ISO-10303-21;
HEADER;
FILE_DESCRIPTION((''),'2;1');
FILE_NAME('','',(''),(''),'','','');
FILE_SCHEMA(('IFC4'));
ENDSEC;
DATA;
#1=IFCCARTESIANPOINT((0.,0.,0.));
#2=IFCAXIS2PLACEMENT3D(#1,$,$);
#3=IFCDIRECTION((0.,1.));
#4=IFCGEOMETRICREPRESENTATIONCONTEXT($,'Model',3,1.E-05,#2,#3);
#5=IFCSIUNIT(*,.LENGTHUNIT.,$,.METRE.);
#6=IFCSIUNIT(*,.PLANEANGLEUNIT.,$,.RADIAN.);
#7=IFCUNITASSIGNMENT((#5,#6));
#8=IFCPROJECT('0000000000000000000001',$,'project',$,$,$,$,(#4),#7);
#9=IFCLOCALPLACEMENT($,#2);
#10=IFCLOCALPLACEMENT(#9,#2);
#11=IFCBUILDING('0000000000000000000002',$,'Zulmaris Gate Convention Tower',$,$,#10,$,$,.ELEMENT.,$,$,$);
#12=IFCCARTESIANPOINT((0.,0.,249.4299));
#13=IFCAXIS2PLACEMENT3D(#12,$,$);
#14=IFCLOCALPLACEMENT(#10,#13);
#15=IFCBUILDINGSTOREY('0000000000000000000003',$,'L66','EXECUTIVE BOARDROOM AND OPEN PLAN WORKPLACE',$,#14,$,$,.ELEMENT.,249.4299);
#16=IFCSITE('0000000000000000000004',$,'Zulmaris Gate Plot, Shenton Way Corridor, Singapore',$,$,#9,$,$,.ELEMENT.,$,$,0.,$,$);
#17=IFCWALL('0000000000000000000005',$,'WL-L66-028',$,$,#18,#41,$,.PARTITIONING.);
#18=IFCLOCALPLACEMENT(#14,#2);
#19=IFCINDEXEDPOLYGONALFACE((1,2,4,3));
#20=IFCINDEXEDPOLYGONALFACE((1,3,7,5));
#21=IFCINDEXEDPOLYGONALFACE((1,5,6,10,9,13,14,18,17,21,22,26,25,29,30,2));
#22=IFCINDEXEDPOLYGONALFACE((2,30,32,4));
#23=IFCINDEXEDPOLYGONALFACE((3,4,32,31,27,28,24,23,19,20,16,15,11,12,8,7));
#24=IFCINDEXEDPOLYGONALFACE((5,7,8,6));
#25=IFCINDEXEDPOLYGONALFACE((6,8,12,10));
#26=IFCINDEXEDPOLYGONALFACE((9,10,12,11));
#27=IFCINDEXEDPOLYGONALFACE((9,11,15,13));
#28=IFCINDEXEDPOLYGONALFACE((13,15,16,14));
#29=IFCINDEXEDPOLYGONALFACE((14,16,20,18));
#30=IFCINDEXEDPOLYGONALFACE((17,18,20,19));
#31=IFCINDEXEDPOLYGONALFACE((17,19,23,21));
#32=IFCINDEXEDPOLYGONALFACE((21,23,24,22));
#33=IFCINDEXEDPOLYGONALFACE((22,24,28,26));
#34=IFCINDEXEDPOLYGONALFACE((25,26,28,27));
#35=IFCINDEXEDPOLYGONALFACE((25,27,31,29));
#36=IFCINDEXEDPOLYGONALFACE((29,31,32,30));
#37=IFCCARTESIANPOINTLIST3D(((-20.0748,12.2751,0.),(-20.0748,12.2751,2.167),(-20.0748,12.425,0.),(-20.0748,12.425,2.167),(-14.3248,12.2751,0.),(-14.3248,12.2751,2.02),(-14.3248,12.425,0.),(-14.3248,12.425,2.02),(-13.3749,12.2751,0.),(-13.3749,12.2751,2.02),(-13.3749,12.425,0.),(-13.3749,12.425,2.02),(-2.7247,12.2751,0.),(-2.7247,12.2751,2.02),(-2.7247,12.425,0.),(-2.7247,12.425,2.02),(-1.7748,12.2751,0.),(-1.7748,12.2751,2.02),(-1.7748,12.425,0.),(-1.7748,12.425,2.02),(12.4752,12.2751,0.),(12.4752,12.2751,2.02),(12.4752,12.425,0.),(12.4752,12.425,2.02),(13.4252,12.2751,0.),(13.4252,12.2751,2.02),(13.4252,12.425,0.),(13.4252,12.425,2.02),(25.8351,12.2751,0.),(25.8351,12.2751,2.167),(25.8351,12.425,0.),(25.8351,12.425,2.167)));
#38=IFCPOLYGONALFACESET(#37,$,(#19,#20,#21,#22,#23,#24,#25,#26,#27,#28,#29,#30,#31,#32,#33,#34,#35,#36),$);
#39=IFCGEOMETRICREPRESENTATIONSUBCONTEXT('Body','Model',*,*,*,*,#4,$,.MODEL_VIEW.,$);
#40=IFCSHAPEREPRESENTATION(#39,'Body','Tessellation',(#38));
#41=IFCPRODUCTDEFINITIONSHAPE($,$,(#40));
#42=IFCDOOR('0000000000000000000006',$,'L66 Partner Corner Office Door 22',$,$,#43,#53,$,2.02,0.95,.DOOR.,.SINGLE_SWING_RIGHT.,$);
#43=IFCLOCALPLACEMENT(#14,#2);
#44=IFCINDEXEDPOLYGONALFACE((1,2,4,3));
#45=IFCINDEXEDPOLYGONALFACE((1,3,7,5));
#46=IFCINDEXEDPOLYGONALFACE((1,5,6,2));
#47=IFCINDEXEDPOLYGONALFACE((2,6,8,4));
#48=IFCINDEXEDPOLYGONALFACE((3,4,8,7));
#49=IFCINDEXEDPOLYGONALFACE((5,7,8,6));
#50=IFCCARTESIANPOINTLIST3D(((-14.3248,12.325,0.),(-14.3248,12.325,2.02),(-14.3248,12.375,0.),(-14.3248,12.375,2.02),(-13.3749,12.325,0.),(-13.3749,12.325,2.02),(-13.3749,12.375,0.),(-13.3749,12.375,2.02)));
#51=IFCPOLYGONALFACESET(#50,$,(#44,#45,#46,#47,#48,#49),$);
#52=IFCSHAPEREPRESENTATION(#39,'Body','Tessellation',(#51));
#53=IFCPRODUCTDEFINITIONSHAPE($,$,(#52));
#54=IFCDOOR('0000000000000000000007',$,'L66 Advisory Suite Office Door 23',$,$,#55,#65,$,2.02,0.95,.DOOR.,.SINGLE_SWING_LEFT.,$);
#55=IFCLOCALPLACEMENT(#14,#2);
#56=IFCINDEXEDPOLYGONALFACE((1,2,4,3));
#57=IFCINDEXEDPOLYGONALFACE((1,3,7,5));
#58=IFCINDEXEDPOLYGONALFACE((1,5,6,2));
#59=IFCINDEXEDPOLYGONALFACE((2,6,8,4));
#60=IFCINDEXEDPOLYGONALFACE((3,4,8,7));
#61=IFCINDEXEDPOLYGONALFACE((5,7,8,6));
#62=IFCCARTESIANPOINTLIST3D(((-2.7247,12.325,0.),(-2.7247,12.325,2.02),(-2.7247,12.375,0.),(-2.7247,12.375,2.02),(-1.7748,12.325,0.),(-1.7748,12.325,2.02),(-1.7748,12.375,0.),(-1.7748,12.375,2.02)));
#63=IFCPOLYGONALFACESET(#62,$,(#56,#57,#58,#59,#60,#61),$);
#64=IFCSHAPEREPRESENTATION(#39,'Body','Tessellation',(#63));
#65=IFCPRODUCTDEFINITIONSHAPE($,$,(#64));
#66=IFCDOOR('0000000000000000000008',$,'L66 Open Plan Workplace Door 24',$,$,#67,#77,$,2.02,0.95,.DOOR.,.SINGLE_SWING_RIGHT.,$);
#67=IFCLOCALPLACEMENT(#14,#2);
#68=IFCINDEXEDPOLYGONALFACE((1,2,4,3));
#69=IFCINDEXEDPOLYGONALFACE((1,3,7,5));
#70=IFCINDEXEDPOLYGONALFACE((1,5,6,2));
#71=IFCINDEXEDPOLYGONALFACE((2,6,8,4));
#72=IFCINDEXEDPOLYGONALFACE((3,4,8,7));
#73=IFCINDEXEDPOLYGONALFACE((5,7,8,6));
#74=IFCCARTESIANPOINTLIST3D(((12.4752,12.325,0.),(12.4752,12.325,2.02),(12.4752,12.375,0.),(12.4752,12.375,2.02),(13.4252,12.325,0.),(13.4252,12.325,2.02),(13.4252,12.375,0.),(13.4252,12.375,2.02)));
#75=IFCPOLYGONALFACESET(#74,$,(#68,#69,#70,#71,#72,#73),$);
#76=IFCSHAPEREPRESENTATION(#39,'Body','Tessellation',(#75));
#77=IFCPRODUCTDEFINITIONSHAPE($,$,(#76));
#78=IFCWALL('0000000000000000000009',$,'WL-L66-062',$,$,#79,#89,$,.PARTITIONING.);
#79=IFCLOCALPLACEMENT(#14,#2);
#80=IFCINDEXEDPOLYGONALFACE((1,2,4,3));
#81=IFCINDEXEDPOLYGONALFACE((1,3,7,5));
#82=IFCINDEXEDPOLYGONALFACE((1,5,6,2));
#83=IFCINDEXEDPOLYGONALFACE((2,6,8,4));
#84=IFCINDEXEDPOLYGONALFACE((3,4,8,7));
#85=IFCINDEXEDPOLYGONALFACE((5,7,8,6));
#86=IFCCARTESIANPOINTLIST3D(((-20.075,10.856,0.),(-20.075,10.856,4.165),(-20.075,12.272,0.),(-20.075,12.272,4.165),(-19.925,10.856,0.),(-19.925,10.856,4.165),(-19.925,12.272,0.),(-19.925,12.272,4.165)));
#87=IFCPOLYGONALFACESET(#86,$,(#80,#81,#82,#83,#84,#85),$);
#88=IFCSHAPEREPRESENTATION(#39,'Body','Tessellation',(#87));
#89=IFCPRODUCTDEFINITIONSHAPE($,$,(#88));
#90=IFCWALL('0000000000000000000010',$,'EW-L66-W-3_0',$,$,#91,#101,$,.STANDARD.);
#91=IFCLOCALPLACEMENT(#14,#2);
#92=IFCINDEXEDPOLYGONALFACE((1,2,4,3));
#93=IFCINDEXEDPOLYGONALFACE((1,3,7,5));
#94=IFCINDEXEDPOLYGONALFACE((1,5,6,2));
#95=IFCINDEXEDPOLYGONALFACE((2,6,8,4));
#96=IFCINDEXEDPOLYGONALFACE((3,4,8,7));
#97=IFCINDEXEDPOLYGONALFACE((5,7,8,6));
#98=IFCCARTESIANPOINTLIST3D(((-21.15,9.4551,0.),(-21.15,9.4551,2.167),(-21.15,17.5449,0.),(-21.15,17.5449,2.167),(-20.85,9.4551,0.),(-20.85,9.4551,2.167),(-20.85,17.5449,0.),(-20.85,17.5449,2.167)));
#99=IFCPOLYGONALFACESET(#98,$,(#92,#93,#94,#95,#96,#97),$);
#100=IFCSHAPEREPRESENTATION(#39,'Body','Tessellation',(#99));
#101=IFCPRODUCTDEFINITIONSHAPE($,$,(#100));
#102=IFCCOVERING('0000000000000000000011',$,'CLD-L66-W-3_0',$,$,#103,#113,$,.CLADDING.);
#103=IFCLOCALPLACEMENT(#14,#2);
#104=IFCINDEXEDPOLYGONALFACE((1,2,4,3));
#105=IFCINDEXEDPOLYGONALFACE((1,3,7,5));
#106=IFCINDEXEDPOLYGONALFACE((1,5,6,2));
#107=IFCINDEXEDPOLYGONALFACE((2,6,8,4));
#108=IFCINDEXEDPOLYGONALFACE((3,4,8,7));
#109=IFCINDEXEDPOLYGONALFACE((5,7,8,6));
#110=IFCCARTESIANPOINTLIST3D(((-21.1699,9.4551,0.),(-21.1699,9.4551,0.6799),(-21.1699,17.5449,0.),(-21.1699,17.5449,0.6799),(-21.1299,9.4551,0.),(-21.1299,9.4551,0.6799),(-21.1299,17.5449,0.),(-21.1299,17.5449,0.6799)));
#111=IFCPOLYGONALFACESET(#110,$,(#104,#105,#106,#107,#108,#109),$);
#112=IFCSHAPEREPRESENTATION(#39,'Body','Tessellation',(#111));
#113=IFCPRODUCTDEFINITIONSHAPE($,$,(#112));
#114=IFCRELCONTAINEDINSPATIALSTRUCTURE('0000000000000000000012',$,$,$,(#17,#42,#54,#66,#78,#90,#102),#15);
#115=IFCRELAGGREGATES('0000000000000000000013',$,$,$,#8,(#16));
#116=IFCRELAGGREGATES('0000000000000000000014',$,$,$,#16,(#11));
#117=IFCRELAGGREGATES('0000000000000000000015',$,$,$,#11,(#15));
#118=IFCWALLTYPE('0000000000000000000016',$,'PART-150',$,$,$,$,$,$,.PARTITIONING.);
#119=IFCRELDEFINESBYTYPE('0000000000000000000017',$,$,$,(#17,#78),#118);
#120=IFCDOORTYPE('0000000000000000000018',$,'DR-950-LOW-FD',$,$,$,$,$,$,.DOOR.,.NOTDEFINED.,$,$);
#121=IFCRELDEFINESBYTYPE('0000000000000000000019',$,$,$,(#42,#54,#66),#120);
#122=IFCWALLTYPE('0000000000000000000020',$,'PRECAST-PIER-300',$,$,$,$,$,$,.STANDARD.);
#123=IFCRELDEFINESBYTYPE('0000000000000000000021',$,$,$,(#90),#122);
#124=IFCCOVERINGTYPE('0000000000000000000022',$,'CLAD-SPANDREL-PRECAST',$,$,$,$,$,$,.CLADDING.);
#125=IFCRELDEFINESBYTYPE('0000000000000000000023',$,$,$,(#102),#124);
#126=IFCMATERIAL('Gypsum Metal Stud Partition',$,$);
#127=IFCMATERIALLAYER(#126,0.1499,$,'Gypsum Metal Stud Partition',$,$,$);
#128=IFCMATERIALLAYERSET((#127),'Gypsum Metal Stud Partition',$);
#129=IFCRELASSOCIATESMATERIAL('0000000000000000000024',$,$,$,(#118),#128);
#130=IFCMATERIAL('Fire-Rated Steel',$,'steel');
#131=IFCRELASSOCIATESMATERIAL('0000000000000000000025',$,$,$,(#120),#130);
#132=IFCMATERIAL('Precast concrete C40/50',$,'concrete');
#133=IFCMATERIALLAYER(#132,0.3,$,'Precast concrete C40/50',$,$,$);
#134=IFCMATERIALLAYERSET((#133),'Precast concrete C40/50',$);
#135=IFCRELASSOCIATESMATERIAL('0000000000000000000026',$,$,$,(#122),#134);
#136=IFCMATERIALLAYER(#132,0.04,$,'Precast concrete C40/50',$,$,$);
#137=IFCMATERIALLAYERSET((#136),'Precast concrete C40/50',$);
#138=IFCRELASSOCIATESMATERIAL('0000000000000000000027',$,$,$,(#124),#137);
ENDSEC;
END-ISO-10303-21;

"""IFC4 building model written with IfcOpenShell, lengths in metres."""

from ifc_helpers import new_model, si_unit, direction, frame, frame_2d, origin, place, context, subcontext, project, spatial, rectangle, extrude, material, layer, layer_set, type_object, element, fill, save


model = new_model("IFC4")

# Units and contexts
model_context = context("Model", 3, precision=1e-05, world=origin(), true_north=direction((0.0, 1.0)))
body_context = subcontext(model_context, "Body", "Model", "MODEL_VIEW")
ifc_project = project(units=[si_unit("LENGTHUNIT", "METRE"), si_unit("PLANEANGLEUNIT", "RADIAN")], contexts=[model_context])

# Site, building, storey
site_placement = place(None, origin())
site = spatial("IfcSite", under=ifc_project, at=site_placement, Name="Zulmaris Gate Plot, Shenton Way Corridor, Singapore", CompositionType="ELEMENT", RefElevation=0.0)
building_placement = place(site_placement, origin())
building = spatial("IfcBuilding", under=site, at=building_placement, Name="Zulmaris Gate Convention Tower", CompositionType="ELEMENT")
storey_placement = place(building_placement, frame((0.0, 0.0, 249.4299)))
storey = spatial("IfcBuildingStorey", under=building, at=storey_placement, Name="L66", Description="EXECUTIVE BOARDROOM AND OPEN PLAN WORKPLACE", CompositionType="ELEMENT", Elevation=249.4299)

# Shared definitions
ifc_material_1 = material(Name="Fire-Rated Steel", Category="steel")

# Wall, openings, doors
ifc_material_2 = material(Name="Gypsum Metal Stud Partition")
ifc_layer_1 = layer(ifc_material_2, 0.1499, Name="Gypsum Metal Stud Partition")
ifc_layer_set_1 = layer_set([ifc_layer_1], Name="Gypsum Metal Stud Partition")
wall_type_1 = type_object("IfcWallType", Name="PART-150", PredefinedType="PARTITIONING", material=ifc_layer_set_1)
wall_1_placement = place(storey_placement, frame((-20.075, 12.3501, 0.0), z_axis=(0.0, 0.0, 1.0), x_axis=(1.0, 0.0, 0.0)))
wall_1 = element("IfcWall", 1, at=wall_1_placement, inside=storey, type_object=wall_type_1, Name="WL-L66-028", PredefinedType="PARTITIONING", context=body_context, shape_type="SweptSolid", body=[
    extrude(rectangle(XDim=45.9099, YDim=0.1499, at=frame_2d((22.9551, 0.0))), origin(), (0.0, 0.0, 1.0), 2.167),
])
opening_1_placement = place(wall_1_placement, frame((5.75, 0.0, 0.0)))
opening_1 = element("IfcOpeningElement", 2, at=opening_1_placement, cuts=wall_1, PredefinedType="OPENING", context=body_context, shape_type="SweptSolid", body=[
    extrude(rectangle(XDim=0.95, YDim=2.02, at=frame_2d((0.4751, 1.01))), frame((0.0, 0.085, 0.0), z_axis=(0.0, -1.0, 0.0), x_axis=(1.0, 0.0, 0.0)), (0.0, 0.0, 1.0), 0.1699),
])
opening_2_placement = place(wall_1_placement, frame((17.3501, 0.0, 0.0)))
opening_2 = element("IfcOpeningElement", 3, at=opening_2_placement, cuts=wall_1, PredefinedType="OPENING", context=body_context, shape_type="SweptSolid", body=[
    extrude(rectangle(XDim=0.95, YDim=2.02, at=frame_2d((0.4751, 1.01))), frame((0.0, 0.085, 0.0), z_axis=(0.0, -1.0, 0.0), x_axis=(1.0, 0.0, 0.0)), (0.0, 0.0, 1.0), 0.1699),
])
opening_3_placement = place(wall_1_placement, frame((32.55, 0.0, 0.0)))
opening_3 = element("IfcOpeningElement", 4, at=opening_3_placement, cuts=wall_1, PredefinedType="OPENING", context=body_context, shape_type="SweptSolid", body=[
    extrude(rectangle(XDim=0.95, YDim=2.02, at=frame_2d((0.4751, 1.01))), frame((0.0, 0.085, 0.0), z_axis=(0.0, -1.0, 0.0), x_axis=(1.0, 0.0, 0.0)), (0.0, 0.0, 1.0), 0.1699),
])
door_type_1 = type_object("IfcDoorType", Name="DR-950-LOW-FD", OperationType="NOTDEFINED", PredefinedType="DOOR", material=ifc_material_1)
door_1_placement = place(opening_1_placement, origin())
door_1 = element("IfcDoor", 5, at=door_1_placement, inside=storey, type_object=door_type_1, Name="L66 Partner Corner Office Door 22", OperationType="SINGLE_SWING_RIGHT", OverallHeight=2.02, OverallWidth=0.95, PredefinedType="DOOR", context=body_context, shape_type="SweptSolid", body=[
    extrude(rectangle(XDim=0.95, YDim=2.02, at=frame_2d((0.4751, 1.01))), frame((0.0, 0.0249, 0.0), z_axis=(0.0, -1.0, 0.0), x_axis=(1.0, 0.0, 0.0)), (0.0, 0.0, 1.0), 0.05),
])
fill(opening_1, door_1)
door_2_placement = place(opening_2_placement, origin())
door_2 = element("IfcDoor", 6, at=door_2_placement, inside=storey, type_object=door_type_1, Name="L66 Advisory Suite Office Door 23", OperationType="SINGLE_SWING_LEFT", OverallHeight=2.02, OverallWidth=0.95, PredefinedType="DOOR", context=body_context, shape_type="SweptSolid", body=[
    extrude(rectangle(XDim=0.95, YDim=2.02, at=frame_2d((0.4751, 1.01))), frame((0.0, 0.0249, 0.0), z_axis=(0.0, -1.0, 0.0), x_axis=(1.0, 0.0, 0.0)), (0.0, 0.0, 1.0), 0.05),
])
fill(opening_2, door_2)
door_3_placement = place(opening_3_placement, origin())
door_3 = element("IfcDoor", 7, at=door_3_placement, inside=storey, type_object=door_type_1, Name="L66 Open Plan Workplace Door 24", OperationType="SINGLE_SWING_RIGHT", OverallHeight=2.02, OverallWidth=0.95, PredefinedType="DOOR", context=body_context, shape_type="SweptSolid", body=[
    extrude(rectangle(XDim=0.95, YDim=2.02, at=frame_2d((0.4751, 1.01))), frame((0.0, 0.0249, 0.0), z_axis=(0.0, -1.0, 0.0), x_axis=(1.0, 0.0, 0.0)), (0.0, 0.0, 1.0), 0.05),
])
fill(opening_3, door_3)

# Walls
wall_2_placement = place(storey_placement, frame((-20.0, 10.856, 0.0), z_axis=(0.0, 0.0, 1.0), x_axis=(0.0, 1.0, 0.0)))
element("IfcWall", 8, at=wall_2_placement, inside=storey, type_object=wall_type_1, Name="WL-L66-062", PredefinedType="PARTITIONING", context=body_context, shape_type="SweptSolid", body=[
    extrude(rectangle(XDim=1.416, YDim=0.1499, at=frame_2d((0.708, 0.0))), origin(), (0.0, 0.0, 1.0), 4.165),
])
ifc_material_3 = material(Name="Precast concrete C40/50", Category="concrete")
ifc_layer_2 = layer(ifc_material_3, 0.3, Name="Precast concrete C40/50")
ifc_layer_set_2 = layer_set([ifc_layer_2], Name="Precast concrete C40/50")
wall_type_2 = type_object("IfcWallType", Name="PRECAST-PIER-300", PredefinedType="STANDARD", material=ifc_layer_set_2)
wall_3_placement = place(storey_placement, frame((-21.0, 17.5449, 0.0), z_axis=(0.0, 0.0, 1.0), x_axis=(0.0, -1.0, 0.0)))
element("IfcWall", 9, at=wall_3_placement, inside=storey, type_object=wall_type_2, Name="EW-L66-W-3_0", PredefinedType="STANDARD", context=body_context, shape_type="SweptSolid", body=[
    extrude(rectangle(XDim=8.0898, YDim=0.3, at=frame_2d((4.0449, 0.0))), origin(), (0.0, 0.0, 1.0), 2.167),
])

# Covering
ifc_layer_3 = layer(ifc_material_3, 0.04, Name="Precast concrete C40/50")
ifc_layer_set_3 = layer_set([ifc_layer_3], Name="Precast concrete C40/50")
covering_type = type_object("IfcCoveringType", Name="CLAD-SPANDREL-PRECAST", PredefinedType="CLADDING", material=ifc_layer_set_3)
covering_placement = place(storey_placement, frame((-21.1499, 17.5449, 0.0), z_axis=(0.0, 0.0, 1.0), x_axis=(0.0, -1.0, 0.0)))
element("IfcCovering", 10, at=covering_placement, inside=storey, type_object=covering_type, Name="CLD-L66-W-3_0", PredefinedType="CLADDING", context=body_context, shape_type="SweptSolid", body=[
    extrude(rectangle(XDim=8.0898, YDim=0.04, at=frame_2d((4.0449, 0.0))), origin(), (0.0, 0.0, 1.0), 0.6799),
])

save(model, "model.ifc")
